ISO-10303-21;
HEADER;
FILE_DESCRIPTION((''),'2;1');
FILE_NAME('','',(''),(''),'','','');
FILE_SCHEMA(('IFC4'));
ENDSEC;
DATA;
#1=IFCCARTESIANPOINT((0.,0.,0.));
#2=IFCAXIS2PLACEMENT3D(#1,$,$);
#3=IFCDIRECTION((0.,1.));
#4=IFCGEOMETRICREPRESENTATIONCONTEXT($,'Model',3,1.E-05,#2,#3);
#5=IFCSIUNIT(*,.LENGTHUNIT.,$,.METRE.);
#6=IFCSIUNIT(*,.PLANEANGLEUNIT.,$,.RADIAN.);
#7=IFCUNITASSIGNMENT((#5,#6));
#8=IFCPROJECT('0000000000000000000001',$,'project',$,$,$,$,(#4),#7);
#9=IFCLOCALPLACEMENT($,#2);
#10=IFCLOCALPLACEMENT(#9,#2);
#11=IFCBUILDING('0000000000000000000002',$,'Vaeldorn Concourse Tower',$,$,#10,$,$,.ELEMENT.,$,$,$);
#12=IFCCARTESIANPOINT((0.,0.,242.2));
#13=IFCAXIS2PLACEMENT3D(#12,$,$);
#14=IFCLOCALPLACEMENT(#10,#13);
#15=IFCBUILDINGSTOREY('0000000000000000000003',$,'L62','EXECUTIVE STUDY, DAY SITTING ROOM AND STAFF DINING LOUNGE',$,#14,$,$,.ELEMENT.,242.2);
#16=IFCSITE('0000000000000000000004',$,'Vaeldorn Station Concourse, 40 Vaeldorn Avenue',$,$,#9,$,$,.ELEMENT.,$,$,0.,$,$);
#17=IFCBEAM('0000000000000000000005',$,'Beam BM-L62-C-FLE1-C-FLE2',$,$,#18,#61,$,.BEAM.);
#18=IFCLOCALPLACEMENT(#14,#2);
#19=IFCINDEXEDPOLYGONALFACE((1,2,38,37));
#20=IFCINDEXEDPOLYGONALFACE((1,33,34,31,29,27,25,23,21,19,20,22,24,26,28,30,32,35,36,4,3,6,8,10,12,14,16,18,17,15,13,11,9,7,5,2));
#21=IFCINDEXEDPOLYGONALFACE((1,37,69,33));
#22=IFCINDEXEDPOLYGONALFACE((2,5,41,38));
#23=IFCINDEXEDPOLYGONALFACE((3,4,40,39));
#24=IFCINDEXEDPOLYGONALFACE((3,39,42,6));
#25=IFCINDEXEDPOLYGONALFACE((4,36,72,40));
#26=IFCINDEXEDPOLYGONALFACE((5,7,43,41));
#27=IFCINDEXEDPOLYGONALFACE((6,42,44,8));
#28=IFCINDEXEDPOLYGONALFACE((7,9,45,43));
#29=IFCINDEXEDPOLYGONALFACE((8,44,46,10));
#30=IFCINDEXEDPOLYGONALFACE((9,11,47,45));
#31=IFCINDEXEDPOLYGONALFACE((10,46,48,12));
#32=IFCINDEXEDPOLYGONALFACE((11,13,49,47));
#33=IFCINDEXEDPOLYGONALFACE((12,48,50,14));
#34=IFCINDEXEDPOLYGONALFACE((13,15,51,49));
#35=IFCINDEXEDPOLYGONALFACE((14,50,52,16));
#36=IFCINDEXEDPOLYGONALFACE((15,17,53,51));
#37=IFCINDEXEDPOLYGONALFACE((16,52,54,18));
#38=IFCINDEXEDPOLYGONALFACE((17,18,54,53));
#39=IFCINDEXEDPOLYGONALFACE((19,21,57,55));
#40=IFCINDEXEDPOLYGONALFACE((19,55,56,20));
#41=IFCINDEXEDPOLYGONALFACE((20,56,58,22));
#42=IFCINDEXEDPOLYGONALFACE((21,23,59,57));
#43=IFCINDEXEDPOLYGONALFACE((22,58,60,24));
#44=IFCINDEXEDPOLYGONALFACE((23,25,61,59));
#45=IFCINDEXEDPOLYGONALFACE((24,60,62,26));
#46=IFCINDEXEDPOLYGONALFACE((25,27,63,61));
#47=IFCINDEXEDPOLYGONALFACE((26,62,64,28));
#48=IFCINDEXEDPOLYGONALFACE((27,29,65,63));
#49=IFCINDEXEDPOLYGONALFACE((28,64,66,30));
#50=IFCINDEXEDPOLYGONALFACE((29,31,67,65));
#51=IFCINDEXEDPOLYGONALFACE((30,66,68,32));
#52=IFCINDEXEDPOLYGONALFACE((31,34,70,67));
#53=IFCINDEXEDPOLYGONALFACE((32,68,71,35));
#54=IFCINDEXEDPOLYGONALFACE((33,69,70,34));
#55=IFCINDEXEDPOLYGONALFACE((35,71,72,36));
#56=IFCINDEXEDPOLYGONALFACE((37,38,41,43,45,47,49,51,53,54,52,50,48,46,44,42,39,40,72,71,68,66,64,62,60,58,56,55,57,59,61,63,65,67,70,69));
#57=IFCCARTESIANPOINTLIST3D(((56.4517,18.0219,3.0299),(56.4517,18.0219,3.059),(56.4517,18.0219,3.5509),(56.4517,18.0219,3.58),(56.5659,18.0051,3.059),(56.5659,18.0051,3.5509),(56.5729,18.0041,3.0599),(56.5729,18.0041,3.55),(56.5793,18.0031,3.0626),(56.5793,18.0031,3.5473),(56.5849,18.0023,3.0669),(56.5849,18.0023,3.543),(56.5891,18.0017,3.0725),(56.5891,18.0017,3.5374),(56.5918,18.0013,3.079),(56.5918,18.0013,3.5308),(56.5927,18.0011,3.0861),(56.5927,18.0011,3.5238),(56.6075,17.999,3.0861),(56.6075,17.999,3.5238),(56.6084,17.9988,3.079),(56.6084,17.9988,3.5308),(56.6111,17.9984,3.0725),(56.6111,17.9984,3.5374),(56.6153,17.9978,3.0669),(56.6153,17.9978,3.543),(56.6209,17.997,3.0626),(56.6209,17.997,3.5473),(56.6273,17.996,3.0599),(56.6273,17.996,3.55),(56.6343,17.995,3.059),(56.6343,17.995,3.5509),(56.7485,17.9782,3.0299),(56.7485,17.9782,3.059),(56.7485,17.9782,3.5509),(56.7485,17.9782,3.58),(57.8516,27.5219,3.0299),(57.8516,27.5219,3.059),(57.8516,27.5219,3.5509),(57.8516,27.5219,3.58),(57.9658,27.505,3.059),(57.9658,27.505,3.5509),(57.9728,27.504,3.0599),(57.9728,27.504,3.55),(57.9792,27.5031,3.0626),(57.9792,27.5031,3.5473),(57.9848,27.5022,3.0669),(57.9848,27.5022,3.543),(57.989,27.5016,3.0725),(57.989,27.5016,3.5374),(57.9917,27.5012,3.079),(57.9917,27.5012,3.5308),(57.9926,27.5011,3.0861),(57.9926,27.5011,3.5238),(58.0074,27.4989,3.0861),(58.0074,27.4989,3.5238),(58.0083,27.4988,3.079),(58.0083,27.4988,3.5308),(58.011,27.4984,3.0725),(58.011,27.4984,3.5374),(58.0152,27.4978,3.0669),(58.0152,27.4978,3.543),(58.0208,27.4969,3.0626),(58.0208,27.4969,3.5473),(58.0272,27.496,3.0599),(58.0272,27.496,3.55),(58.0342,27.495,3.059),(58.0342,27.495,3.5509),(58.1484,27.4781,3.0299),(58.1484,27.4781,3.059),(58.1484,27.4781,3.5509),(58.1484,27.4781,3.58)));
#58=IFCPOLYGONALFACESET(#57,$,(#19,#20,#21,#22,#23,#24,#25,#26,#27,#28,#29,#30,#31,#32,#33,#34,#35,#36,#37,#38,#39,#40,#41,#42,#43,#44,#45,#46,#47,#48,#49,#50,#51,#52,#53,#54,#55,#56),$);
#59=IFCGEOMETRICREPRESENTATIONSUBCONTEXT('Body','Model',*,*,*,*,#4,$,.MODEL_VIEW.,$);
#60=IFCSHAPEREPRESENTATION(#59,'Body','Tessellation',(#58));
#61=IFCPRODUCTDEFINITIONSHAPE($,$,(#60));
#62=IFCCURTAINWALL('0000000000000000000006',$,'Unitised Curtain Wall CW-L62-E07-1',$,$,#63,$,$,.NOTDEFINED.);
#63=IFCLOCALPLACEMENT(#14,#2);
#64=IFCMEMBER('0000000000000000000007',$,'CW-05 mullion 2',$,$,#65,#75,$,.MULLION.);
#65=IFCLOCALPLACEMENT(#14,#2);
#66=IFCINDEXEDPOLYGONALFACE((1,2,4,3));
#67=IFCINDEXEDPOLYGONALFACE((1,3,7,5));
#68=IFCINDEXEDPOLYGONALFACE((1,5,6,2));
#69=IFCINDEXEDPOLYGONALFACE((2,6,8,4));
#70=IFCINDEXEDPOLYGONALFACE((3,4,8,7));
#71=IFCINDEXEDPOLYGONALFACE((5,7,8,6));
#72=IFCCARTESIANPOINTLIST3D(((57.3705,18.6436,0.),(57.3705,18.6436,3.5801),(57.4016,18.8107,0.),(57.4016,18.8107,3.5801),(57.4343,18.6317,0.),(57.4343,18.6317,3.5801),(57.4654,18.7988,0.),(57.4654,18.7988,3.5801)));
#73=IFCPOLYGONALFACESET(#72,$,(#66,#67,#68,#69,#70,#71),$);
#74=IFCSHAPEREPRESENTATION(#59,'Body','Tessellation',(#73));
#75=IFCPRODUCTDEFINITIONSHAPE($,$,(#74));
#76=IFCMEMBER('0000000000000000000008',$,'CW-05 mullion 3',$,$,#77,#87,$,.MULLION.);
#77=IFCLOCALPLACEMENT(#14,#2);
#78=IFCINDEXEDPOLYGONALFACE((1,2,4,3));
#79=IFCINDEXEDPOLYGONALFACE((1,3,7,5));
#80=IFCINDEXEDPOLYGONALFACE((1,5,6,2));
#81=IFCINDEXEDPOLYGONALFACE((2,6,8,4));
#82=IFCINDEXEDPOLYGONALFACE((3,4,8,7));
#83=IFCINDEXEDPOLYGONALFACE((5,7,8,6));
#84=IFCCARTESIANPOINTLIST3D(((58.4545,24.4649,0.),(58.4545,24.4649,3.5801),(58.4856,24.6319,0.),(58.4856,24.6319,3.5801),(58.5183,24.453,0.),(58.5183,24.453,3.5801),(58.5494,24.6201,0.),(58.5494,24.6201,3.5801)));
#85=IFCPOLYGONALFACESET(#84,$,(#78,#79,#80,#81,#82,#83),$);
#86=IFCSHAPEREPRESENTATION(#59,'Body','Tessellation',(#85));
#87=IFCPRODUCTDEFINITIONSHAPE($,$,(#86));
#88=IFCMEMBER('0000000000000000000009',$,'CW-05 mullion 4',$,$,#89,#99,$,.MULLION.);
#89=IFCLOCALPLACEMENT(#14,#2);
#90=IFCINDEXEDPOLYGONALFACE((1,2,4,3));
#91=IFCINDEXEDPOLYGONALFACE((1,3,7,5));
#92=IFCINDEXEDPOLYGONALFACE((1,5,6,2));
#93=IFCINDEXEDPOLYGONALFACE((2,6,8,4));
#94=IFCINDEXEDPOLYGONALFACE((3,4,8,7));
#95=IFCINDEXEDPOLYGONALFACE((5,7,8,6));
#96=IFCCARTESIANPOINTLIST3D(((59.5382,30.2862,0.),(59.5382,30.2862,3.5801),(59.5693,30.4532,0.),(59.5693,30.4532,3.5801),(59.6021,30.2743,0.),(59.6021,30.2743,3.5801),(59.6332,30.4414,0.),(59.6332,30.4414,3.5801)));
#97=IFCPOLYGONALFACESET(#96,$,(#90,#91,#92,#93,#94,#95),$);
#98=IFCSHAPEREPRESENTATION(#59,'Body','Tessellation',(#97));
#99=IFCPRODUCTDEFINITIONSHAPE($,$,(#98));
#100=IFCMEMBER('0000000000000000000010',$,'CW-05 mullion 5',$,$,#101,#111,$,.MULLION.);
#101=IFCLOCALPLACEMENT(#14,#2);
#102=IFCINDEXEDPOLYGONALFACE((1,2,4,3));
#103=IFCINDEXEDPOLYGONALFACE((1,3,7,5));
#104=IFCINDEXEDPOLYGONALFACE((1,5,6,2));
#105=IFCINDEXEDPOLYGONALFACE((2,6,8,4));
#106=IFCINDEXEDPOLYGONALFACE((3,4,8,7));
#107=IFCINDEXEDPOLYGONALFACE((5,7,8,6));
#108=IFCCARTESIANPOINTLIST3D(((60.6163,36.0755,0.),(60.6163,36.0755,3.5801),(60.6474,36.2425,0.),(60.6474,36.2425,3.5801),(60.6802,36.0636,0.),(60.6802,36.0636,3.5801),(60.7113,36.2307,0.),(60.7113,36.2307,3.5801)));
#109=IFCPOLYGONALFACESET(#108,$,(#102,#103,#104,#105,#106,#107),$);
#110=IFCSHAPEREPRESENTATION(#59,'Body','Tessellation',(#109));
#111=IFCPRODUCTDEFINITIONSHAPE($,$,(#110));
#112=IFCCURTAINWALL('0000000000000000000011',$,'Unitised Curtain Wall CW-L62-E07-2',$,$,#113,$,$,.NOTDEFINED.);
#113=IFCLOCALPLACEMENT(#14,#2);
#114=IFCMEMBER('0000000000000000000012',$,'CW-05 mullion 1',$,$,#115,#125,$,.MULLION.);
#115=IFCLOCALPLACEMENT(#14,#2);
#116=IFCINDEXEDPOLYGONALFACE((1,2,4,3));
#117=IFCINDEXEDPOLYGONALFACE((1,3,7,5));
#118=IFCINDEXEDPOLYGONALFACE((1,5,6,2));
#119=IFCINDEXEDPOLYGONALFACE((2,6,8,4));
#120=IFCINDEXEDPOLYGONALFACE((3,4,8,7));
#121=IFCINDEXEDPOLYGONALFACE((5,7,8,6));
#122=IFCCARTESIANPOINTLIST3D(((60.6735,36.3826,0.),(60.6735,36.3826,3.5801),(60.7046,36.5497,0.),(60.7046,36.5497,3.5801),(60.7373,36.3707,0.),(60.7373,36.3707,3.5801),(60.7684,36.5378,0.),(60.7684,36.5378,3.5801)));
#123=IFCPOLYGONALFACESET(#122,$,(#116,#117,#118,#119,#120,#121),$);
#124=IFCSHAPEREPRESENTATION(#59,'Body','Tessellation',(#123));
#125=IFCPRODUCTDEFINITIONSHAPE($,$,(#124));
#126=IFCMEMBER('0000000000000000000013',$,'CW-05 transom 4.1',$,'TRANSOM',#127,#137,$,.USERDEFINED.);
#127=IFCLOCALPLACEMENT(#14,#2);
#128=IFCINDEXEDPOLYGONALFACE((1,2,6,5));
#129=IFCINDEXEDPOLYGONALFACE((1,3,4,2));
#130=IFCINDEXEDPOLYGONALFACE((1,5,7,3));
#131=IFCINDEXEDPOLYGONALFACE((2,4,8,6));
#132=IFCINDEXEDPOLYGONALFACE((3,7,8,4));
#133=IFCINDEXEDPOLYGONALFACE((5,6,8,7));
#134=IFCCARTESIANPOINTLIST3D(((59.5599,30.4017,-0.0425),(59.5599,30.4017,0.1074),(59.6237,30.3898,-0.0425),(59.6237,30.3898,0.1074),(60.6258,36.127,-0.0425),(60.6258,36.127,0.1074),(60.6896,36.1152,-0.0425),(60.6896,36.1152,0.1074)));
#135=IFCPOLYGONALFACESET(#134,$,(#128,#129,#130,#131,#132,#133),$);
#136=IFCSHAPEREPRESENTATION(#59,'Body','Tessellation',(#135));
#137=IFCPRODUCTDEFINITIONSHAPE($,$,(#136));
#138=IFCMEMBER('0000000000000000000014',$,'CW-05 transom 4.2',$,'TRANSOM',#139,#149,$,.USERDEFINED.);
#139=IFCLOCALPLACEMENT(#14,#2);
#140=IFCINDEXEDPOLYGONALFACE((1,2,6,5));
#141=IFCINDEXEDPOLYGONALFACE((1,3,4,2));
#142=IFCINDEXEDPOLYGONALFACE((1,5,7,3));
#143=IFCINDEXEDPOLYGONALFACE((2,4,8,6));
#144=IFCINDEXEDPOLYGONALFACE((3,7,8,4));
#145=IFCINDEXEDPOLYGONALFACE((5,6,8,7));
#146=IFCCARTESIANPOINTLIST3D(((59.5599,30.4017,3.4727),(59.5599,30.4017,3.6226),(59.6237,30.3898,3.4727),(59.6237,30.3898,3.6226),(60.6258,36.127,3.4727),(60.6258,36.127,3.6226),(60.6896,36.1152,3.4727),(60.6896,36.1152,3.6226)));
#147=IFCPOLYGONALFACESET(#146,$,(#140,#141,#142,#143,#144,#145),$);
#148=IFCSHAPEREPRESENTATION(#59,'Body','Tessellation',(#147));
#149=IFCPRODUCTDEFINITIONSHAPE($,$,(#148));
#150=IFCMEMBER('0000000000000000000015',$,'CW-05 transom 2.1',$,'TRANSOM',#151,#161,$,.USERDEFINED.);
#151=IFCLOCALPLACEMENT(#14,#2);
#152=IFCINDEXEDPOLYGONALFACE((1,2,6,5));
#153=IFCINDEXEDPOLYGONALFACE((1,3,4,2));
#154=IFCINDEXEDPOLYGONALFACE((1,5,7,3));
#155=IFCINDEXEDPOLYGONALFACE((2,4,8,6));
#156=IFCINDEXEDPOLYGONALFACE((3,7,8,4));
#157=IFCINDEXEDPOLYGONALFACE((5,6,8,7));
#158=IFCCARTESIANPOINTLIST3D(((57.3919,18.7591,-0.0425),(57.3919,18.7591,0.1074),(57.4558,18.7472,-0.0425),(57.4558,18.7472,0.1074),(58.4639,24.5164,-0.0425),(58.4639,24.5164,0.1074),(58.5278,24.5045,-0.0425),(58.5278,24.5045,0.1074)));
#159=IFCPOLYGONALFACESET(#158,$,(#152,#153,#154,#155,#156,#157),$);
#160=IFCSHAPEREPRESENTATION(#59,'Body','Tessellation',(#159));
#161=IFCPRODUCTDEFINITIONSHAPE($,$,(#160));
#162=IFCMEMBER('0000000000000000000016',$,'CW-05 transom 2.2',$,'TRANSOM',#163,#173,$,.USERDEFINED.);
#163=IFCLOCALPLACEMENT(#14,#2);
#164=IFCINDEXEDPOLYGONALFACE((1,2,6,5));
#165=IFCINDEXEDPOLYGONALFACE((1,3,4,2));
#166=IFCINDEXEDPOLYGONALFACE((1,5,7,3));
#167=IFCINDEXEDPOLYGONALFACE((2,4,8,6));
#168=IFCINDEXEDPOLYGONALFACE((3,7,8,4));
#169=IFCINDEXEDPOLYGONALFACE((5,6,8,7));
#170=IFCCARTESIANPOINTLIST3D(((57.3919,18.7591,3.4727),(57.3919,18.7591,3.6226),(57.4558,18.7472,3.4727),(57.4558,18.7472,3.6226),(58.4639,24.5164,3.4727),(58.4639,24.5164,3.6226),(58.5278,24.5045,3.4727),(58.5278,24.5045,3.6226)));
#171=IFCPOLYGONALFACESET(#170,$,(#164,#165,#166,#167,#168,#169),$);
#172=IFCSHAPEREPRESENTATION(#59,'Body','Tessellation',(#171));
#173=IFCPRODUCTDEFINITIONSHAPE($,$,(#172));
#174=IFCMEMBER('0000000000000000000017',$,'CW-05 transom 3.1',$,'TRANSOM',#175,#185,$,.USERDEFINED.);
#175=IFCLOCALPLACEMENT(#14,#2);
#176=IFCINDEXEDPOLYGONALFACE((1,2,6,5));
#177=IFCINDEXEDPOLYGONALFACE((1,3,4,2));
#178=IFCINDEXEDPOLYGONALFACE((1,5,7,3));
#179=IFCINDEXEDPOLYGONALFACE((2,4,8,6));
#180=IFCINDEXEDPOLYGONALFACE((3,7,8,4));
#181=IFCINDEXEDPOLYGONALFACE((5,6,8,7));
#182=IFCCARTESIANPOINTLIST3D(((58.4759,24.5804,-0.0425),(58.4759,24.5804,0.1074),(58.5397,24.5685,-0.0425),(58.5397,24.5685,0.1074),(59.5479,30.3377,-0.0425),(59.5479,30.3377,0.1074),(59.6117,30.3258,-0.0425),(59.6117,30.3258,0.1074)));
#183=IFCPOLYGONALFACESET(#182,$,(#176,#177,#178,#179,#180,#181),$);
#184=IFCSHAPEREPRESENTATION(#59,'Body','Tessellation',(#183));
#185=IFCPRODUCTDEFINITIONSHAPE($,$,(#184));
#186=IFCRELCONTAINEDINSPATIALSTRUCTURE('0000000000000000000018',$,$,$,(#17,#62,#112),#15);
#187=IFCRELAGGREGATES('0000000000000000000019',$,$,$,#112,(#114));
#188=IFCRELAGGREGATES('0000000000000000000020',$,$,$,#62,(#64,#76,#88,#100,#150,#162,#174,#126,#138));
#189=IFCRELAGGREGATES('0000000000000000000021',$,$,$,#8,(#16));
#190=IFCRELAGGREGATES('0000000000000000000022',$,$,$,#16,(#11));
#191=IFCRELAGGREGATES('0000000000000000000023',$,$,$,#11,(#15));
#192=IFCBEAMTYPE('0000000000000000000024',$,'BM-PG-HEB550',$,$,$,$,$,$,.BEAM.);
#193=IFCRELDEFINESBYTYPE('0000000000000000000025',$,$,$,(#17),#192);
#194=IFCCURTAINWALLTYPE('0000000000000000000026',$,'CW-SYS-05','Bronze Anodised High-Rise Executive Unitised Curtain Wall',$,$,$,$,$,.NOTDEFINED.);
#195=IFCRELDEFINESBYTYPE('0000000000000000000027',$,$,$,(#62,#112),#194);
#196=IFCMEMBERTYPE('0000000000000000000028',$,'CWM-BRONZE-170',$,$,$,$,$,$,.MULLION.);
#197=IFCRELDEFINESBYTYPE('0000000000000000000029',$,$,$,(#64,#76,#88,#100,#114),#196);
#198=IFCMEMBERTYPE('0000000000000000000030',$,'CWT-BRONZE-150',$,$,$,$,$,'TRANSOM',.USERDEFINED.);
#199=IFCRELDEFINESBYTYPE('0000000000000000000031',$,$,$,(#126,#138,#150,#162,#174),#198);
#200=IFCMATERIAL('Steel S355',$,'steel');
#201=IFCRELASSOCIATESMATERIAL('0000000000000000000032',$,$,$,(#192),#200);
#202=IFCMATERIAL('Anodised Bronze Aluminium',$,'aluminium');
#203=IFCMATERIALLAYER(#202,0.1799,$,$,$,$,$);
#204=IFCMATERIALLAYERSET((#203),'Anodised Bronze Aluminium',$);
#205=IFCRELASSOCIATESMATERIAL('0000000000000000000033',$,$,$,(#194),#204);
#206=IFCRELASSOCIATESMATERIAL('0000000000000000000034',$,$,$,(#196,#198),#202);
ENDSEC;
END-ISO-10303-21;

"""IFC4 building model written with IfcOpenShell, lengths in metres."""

from ifc_helpers import new_model, si_unit, direction, frame, origin, origin_2d, place, context, subcontext, project, spatial, rectangle, i_section, extrude, source, transform, mapped, material, layer, layer_set, material_profile, profile_set, type_object, element, aggregate, save


model = new_model("IFC4")

# Units and contexts
model_context = context("Model", 3, precision=1e-05, world=origin(), true_north=direction((0.0, 1.0)))
body_context = subcontext(model_context, "Body", "Model", "MODEL_VIEW")
ifc_project = project(units=[si_unit("LENGTHUNIT", "METRE"), si_unit("PLANEANGLEUNIT", "RADIAN")], contexts=[model_context])

# Site, building, storey
site_placement = place(None, origin())
site = spatial("IfcSite", under=ifc_project, at=site_placement, Name="Vaeldorn Station Concourse, 40 Vaeldorn Avenue", CompositionType="ELEMENT", RefElevation=0.0)
building_placement = place(site_placement, origin())
building = spatial("IfcBuilding", under=site, at=building_placement, Name="Vaeldorn Concourse Tower", CompositionType="ELEMENT")
storey_placement = place(building_placement, frame((0.0, 0.0, 242.2)))
storey = spatial("IfcBuildingStorey", under=building, at=storey_placement, Name="L62", Description="EXECUTIVE STUDY, DAY SITTING ROOM AND STAFF DINING LOUNGE", CompositionType="ELEMENT", Elevation=242.2)

# Shared definitions
ifc_material_1 = material(Name="Steel S355", Category="steel")

# Beam
ifc_material_profile_1 = material_profile(ifc_material_1, i_section(OverallWidth=0.3, OverallDepth=0.55, WebThickness=0.0149, FlangeThickness=0.0291, FilletRadius=0.0271, at=origin_2d()), Name="HEB 550")
ifc_profile_set_1 = profile_set([ifc_material_profile_1], Name="Steel S355")
beam_type_1 = type_object("IfcBeamType", Name="BM-PG-HEB550", PredefinedType="BEAM", material=ifc_profile_set_1)
shared_shape_1 = source(origin(), body_context, "Body", "SweptSolid", [
    extrude(i_section(OverallWidth=0.3, OverallDepth=0.55, WebThickness=0.0149, FlangeThickness=0.0291, FilletRadius=0.0271, at=origin_2d()), origin(), (0.0, 0.0, 1.0), 9.6025),
])
beam_1_placement = place(storey_placement, frame((58.0, 27.5, 3.3049), z_axis=(-0.145784, -0.989316, 0.0), x_axis=(0.989316, -0.145784, 0.0)))
element("IfcBeam", 1, at=beam_1_placement, inside=storey, type_object=beam_type_1, Name="Beam BM-L62-C-FLE1-C-FLE2", PredefinedType="BEAM", context=body_context, shape_type="MappedRepresentation", body=[
    mapped(shared_shape_1, transform((0.0, 0.0, 0.0), scale=1.0)),
])

# Curtain wall, members
ifc_material_2 = material(Name="Anodised Bronze Aluminium", Category="aluminium")
ifc_layer_1 = layer(ifc_material_2, 0.1799)
ifc_layer_set_1 = layer_set([ifc_layer_1], Name="Anodised Bronze Aluminium")
curtain_wall_type = type_object("IfcCurtainWallType", Name="CW-SYS-05", Description="Bronze Anodised High-Rise Executive Unitised Curtain Wall", PredefinedType="NOTDEFINED", material=ifc_layer_set_1)
curtain_wall_1_placement = place(storey_placement, origin())
curtain_wall_1 = element("IfcCurtainWall", 2, at=curtain_wall_1_placement, inside=storey, type_object=curtain_wall_type, Name="Unitised Curtain Wall CW-L62-E07-1", PredefinedType="NOTDEFINED")
ifc_material_profile_2 = material_profile(ifc_material_2, rectangle(XDim=0.0649, YDim=0.1699, at=origin_2d()), Name="CWM 65x170")
ifc_profile_set_2 = profile_set([ifc_material_profile_2], Name="Anodised Bronze Aluminium")
member_type_1 = type_object("IfcMemberType", Name="CWM-BRONZE-170", PredefinedType="MULLION", material=ifc_profile_set_2)
shared_shape_2 = source(origin(), body_context, "Body", "SweptSolid", [
    extrude(rectangle(XDim=0.0649, YDim=0.1699, at=origin_2d()), origin(), (0.0, 0.0, 1.0), 3.5801),
])
member_1_placement = place(storey_placement, frame((57.418, 18.7212, 0.0), z_axis=(0.0, 0.0, 1.0), x_axis=(-0.983103, 0.183055, 0.0)))
member_1 = element("IfcMember", 3, at=member_1_placement, type_object=member_type_1, Name="CW-05 mullion 2", PredefinedType="MULLION", context=body_context, shape_type="MappedRepresentation", body=[
    mapped(shared_shape_2, transform((0.0, 0.0, 0.0), scale=1.0)),
])
member_2_placement = place(storey_placement, frame((58.502, 24.5425, 0.0), z_axis=(0.0, 0.0, 1.0), x_axis=(-0.983103, 0.183055, 0.0)))
member_2 = element("IfcMember", 4, at=member_2_placement, type_object=member_type_1, Name="CW-05 mullion 3", PredefinedType="MULLION", context=body_context, shape_type="MappedRepresentation", body=[
    mapped(shared_shape_2, transform((0.0, 0.0, 0.0), scale=1.0)),
])
member_3_placement = place(storey_placement, frame((59.5857, 30.3638, 0.0), z_axis=(0.0, 0.0, 1.0), x_axis=(-0.983103, 0.183055, 0.0)))
member_3 = element("IfcMember", 5, at=member_3_placement, type_object=member_type_1, Name="CW-05 mullion 4", PredefinedType="MULLION", context=body_context, shape_type="MappedRepresentation", body=[
    mapped(shared_shape_2, transform((0.0, 0.0, 0.0), scale=1.0)),
])
member_4_placement = place(storey_placement, frame((60.6638, 36.1531, 0.0), z_axis=(0.0, 0.0, 1.0), x_axis=(-0.983103, 0.183055, 0.0)))
member_4 = element("IfcMember", 6, at=member_4_placement, type_object=member_type_1, Name="CW-05 mullion 5", PredefinedType="MULLION", context=body_context, shape_type="MappedRepresentation", body=[
    mapped(shared_shape_2, transform((0.0, 0.0, 0.0), scale=1.0)),
])

# Curtain wall, member
curtain_wall_2_placement = place(storey_placement, origin())
curtain_wall_2 = element("IfcCurtainWall", 7, at=curtain_wall_2_placement, inside=storey, type_object=curtain_wall_type, Name="Unitised Curtain Wall CW-L62-E07-2", PredefinedType="NOTDEFINED")
member_5_placement = place(storey_placement, frame((60.7209, 36.4602, 0.0), z_axis=(0.0, 0.0, 1.0), x_axis=(-0.983103, 0.183054, 0.0)))
member_5 = element("IfcMember", 8, at=member_5_placement, type_object=member_type_1, Name="CW-05 mullion 1", PredefinedType="MULLION", context=body_context, shape_type="MappedRepresentation", body=[
    mapped(shared_shape_2, transform((0.0, 0.0, 0.0), scale=1.0)),
])
aggregate(curtain_wall_2, [member_5])

# Members
ifc_material_profile_3 = material_profile(ifc_material_2, rectangle(XDim=0.0649, YDim=0.1499, at=origin_2d()), Name="CWT 65x150")
ifc_profile_set_3 = profile_set([ifc_material_profile_3], Name="Anodised Bronze Aluminium")
member_type_2 = type_object("IfcMemberType", Name="CWT-BRONZE-150", ElementType="TRANSOM", PredefinedType="USERDEFINED", material=ifc_profile_set_3)
shared_shape_3 = source(origin(), body_context, "Body", "SweptSolid", [
    extrude(rectangle(XDim=0.0649, YDim=0.1499, at=origin_2d()), origin(), (0.0, 0.0, 1.0), 5.8237),
])
member_6_placement = place(storey_placement, frame((59.5918, 30.3958, 0.0325), z_axis=(0.18303, 0.983107, 0.0), x_axis=(-0.983107, 0.18303, 0.0)))
member_6 = element("IfcMember", 9, at=member_6_placement, type_object=member_type_2, Name="CW-05 transom 4.1", ObjectType="TRANSOM", PredefinedType="USERDEFINED", context=body_context, shape_type="MappedRepresentation", body=[
    mapped(shared_shape_3, transform((0.0, 0.0, 0.0), scale=1.0)),
])
member_7_placement = place(storey_placement, frame((59.5918, 30.3958, 3.5476), z_axis=(0.18303, 0.983107, 0.0), x_axis=(-0.983107, 0.18303, 0.0)))
member_7 = element("IfcMember", 10, at=member_7_placement, type_object=member_type_2, Name="CW-05 transom 4.2", ObjectType="TRANSOM", PredefinedType="USERDEFINED", context=body_context, shape_type="MappedRepresentation", body=[
    mapped(shared_shape_3, transform((0.0, 0.0, 0.0), scale=1.0)),
])
shared_shape_4 = source(origin(), body_context, "Body", "SweptSolid", [
    extrude(rectangle(XDim=0.0649, YDim=0.1499, at=origin_2d()), origin(), (0.0, 0.0, 1.0), 5.8562),
])
member_8_placement = place(storey_placement, frame((57.4238, 18.7532, 0.0325), z_axis=(0.183055, 0.983103, 0.0), x_axis=(-0.983103, 0.183055, 0.0)))
member_8 = element("IfcMember", 11, at=member_8_placement, type_object=member_type_2, Name="CW-05 transom 2.1", ObjectType="TRANSOM", PredefinedType="USERDEFINED", context=body_context, shape_type="MappedRepresentation", body=[
    mapped(shared_shape_4, transform((0.0, 0.0, 0.0), scale=1.0)),
])
member_9_placement = place(storey_placement, frame((57.4238, 18.7532, 3.5476), z_axis=(0.183055, 0.983103, 0.0), x_axis=(-0.983103, 0.183055, 0.0)))
member_9 = element("IfcMember", 12, at=member_9_placement, type_object=member_type_2, Name="CW-05 transom 2.2", ObjectType="TRANSOM", PredefinedType="USERDEFINED", context=body_context, shape_type="MappedRepresentation", body=[
    mapped(shared_shape_4, transform((0.0, 0.0, 0.0), scale=1.0)),
])
member_10_placement = place(storey_placement, frame((58.5078, 24.5745, 0.0325), z_axis=(0.183055, 0.983103, 0.0), x_axis=(-0.983103, 0.183055, 0.0)))
member_10 = element("IfcMember", 13, at=member_10_placement, type_object=member_type_2, Name="CW-05 transom 3.1", ObjectType="TRANSOM", PredefinedType="USERDEFINED", context=body_context, shape_type="MappedRepresentation", body=[
    mapped(shared_shape_4, transform((0.0, 0.0, 0.0), scale=1.0)),
])

aggregate(curtain_wall_1, [member_1, member_2, member_3, member_4, member_8, member_9, member_10, member_6, member_7])

save(model, "model.ifc")
